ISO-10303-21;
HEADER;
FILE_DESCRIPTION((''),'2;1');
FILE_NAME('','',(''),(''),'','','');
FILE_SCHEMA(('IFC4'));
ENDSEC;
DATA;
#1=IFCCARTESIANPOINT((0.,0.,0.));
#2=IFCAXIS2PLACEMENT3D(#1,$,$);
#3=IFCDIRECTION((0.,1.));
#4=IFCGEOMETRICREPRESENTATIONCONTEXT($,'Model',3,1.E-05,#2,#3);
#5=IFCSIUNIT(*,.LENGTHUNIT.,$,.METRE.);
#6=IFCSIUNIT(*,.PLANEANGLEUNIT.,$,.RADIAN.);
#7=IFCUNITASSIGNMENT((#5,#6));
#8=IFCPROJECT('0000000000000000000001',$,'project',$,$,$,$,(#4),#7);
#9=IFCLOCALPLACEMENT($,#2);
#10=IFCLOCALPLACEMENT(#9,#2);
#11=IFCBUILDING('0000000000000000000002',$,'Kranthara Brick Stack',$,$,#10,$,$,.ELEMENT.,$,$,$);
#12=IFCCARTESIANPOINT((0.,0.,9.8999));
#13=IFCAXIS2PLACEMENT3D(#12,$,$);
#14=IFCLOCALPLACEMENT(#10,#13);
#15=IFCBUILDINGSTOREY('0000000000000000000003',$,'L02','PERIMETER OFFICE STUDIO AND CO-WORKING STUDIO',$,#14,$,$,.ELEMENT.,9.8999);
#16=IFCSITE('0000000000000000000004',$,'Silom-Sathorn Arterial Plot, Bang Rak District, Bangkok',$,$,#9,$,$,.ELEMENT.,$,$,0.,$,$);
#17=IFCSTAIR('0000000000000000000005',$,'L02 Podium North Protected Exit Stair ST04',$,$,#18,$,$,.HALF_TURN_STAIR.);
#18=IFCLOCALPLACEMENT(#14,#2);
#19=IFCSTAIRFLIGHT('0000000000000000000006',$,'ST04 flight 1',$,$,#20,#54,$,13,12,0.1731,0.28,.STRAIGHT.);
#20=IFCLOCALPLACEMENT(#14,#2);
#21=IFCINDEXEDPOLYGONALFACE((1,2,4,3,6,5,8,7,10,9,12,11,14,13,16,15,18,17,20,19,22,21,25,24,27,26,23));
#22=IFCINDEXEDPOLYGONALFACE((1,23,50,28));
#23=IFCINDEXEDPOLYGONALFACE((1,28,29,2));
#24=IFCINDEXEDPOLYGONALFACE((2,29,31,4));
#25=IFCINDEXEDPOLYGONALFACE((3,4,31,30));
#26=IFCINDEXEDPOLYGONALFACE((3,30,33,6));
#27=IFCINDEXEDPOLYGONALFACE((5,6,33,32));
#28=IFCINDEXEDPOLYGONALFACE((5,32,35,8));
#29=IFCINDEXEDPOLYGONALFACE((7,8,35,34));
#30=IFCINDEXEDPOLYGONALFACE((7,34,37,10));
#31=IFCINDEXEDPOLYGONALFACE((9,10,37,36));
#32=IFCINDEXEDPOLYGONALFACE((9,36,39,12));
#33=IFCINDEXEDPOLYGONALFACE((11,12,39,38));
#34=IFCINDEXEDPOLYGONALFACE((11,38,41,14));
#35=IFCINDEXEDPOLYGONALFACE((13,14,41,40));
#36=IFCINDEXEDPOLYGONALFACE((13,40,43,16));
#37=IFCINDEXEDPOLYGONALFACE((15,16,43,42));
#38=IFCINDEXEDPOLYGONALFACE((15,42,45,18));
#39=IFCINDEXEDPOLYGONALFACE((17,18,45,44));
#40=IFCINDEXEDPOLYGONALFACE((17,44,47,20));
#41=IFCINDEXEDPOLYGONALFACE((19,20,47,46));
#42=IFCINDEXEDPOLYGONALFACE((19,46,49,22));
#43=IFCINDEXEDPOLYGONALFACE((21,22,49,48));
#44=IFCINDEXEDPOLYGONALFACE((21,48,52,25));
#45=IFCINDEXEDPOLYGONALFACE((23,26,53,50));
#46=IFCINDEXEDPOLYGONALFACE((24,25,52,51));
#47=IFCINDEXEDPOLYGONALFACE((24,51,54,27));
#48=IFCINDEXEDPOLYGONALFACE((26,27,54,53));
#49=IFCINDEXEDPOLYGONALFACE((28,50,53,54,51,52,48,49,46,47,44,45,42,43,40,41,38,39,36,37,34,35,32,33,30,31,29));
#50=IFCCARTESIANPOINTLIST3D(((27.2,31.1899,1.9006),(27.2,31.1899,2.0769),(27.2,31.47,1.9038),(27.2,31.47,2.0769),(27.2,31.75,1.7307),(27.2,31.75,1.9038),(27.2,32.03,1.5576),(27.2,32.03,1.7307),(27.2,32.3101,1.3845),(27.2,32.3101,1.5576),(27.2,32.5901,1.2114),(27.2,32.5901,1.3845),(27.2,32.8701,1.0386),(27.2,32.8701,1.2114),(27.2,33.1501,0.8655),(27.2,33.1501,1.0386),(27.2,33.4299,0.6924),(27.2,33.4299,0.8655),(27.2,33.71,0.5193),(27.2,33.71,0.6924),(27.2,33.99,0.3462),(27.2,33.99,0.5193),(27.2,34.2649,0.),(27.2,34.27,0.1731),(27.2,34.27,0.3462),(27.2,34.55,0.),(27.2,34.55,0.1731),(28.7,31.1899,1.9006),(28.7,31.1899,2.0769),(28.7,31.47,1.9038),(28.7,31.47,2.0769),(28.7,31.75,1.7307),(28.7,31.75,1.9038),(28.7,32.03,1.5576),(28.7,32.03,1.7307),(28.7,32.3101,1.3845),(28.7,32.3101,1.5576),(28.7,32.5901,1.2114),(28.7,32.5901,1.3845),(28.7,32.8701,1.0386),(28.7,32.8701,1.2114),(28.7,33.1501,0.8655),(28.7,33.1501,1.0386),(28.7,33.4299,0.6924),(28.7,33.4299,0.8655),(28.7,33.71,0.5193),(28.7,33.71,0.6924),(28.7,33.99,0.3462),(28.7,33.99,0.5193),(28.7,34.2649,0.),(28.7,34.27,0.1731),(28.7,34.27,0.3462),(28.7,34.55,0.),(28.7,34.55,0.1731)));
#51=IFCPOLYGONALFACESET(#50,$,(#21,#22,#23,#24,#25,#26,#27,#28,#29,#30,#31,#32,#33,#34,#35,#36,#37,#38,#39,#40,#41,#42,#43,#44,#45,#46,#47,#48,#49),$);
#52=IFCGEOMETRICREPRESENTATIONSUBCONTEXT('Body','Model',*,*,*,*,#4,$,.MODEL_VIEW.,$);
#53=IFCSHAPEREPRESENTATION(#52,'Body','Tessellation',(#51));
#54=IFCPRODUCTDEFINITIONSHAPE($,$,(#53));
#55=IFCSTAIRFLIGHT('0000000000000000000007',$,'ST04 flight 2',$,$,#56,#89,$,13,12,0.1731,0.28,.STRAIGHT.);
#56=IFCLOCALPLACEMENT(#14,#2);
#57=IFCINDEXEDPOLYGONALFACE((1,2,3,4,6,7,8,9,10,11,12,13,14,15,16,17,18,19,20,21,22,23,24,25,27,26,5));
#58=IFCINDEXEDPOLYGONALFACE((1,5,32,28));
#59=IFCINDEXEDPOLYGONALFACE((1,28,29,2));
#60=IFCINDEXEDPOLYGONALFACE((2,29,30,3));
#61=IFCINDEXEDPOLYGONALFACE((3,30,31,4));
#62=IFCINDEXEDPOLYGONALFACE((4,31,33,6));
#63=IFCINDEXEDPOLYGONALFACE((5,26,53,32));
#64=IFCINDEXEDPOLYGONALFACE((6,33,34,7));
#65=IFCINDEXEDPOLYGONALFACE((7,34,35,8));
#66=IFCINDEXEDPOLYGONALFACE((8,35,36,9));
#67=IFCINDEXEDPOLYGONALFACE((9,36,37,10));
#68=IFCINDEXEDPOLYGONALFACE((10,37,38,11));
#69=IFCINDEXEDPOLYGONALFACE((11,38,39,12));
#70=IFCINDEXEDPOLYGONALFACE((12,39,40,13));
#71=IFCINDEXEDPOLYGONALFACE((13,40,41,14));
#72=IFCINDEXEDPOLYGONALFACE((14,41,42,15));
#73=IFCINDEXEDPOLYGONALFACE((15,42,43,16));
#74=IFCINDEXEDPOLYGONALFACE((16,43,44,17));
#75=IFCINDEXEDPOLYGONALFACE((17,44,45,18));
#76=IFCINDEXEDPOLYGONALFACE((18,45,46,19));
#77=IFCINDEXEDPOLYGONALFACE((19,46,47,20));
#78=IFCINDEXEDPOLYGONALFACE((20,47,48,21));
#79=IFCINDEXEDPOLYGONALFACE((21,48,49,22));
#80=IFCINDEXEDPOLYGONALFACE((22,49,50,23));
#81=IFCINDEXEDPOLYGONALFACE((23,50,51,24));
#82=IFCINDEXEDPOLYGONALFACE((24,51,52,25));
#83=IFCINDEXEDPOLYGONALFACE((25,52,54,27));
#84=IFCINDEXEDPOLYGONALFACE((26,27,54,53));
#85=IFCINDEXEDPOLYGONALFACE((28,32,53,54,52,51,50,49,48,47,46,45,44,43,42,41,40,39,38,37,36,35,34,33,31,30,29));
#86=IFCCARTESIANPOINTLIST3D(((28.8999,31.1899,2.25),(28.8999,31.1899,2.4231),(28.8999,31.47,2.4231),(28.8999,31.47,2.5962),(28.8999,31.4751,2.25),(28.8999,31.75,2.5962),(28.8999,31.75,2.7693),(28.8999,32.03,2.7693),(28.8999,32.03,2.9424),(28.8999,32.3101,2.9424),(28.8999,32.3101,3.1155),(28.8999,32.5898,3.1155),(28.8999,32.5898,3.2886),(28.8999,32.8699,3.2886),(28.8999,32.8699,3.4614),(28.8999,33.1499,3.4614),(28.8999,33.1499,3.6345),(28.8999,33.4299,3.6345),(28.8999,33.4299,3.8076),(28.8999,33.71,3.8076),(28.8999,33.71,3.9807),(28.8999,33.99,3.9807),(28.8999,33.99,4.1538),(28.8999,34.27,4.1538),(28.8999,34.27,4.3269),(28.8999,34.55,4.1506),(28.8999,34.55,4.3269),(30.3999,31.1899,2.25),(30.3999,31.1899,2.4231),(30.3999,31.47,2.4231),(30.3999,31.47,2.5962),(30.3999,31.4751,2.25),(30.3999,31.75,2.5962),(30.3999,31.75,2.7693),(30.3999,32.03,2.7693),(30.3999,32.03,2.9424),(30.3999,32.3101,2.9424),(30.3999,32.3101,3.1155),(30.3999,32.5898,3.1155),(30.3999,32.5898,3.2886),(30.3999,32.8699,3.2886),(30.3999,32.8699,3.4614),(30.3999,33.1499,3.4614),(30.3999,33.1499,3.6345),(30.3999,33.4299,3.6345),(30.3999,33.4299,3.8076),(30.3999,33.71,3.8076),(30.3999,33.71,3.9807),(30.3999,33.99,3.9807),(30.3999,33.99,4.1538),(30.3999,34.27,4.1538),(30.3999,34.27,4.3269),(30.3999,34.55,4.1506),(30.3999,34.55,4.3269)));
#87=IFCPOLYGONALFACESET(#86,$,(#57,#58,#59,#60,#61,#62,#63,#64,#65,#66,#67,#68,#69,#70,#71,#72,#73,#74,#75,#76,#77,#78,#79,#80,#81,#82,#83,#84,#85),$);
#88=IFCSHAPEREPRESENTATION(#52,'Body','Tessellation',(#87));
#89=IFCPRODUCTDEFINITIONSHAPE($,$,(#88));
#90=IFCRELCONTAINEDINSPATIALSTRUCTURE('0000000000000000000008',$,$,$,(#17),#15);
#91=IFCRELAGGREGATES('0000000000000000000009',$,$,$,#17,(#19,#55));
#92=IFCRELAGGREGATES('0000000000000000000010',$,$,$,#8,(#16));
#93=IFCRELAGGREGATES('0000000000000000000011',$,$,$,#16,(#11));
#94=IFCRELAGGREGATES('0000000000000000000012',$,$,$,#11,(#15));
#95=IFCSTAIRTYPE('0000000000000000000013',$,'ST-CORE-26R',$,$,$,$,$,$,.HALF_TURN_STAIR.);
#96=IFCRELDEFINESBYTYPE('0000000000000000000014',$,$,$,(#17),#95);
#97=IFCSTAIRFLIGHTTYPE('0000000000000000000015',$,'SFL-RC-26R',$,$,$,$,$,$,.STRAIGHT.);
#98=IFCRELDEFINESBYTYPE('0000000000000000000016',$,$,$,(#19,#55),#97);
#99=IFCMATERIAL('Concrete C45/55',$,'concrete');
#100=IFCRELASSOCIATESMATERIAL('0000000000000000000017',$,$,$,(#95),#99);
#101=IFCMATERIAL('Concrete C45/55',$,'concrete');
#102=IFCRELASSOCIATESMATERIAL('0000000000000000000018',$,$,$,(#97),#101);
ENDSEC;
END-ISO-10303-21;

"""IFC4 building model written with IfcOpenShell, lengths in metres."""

from ifc_helpers import new_model, si_unit, direction, frame, origin, place, context, subcontext, project, spatial, polyline, outline, extrude, material, type_object, element, aggregate, save


model = new_model("IFC4")

# Units and contexts
model_context = context("Model", 3, precision=1e-05, world=origin(), true_north=direction((0.0, 1.0)))
body_context = subcontext(model_context, "Body", "Model", "MODEL_VIEW")
ifc_project = project(units=[si_unit("LENGTHUNIT", "METRE"), si_unit("PLANEANGLEUNIT", "RADIAN")], contexts=[model_context])

# Site, building, storey
site_placement = place(None, origin())
site = spatial("IfcSite", under=ifc_project, at=site_placement, Name="Silom-Sathorn Arterial Plot, Bang Rak District, Bangkok", CompositionType="ELEMENT", RefElevation=0.0)
building_placement = place(site_placement, origin())
building = spatial("IfcBuilding", under=site, at=building_placement, Name="Kranthara Brick Stack", CompositionType="ELEMENT")
storey_placement = place(building_placement, frame((0.0, 0.0, 9.8999)))
storey = spatial("IfcBuildingStorey", under=building, at=storey_placement, Name="L02", Description="PERIMETER OFFICE STUDIO AND CO-WORKING STUDIO", CompositionType="ELEMENT", Elevation=9.8999)

# Stair, stair flights
ifc_material_1 = material(Name="Concrete C45/55", Category="concrete")
stair_type = type_object("IfcStairType", Name="ST-CORE-26R", PredefinedType="HALF_TURN_STAIR", material=ifc_material_1)
stair_placement = place(storey_placement, origin())
stair = element("IfcStair", 1, at=stair_placement, inside=storey, type_object=stair_type, Name="L02 Podium North Protected Exit Stair ST04", PredefinedType="HALF_TURN_STAIR")
ifc_material_2 = material(Name="Concrete C45/55", Category="concrete")
stair_flight_type = type_object("IfcStairFlightType", Name="SFL-RC-26R", PredefinedType="STRAIGHT", material=ifc_material_2)
stair_flight_1_placement = place(storey_placement, frame((27.95, 34.55, 0.0), z_axis=(0.0, 0.0, 1.0), x_axis=(0.0, -1.0, 0.0)))
stair_flight_1 = element("IfcStairFlight", 2, at=stair_flight_1_placement, type_object=stair_flight_type, Name="ST04 flight 1", NumberOfRisers=13, NumberOfTreads=12, PredefinedType="STRAIGHT", RiserHeight=0.1731, TreadLength=0.28, context=body_context, shape_type="SweptSolid", body=[
    extrude(outline(polyline([(0.0, 0.0), (0.0, 0.1731), (0.28, 0.1731), (0.28, 0.3462), (0.5601, 0.3462), (0.5601, 0.5193), (0.8401, 0.5193), (0.8401, 0.6924), (1.1201, 0.6924), (1.1201, 0.8655), (1.3999, 0.8655), (1.3999, 1.0386), (1.6799, 1.0386), (1.6799, 1.2114), (1.96, 1.2114), (1.96, 1.3845), (2.24, 1.3845), (2.24, 1.5576), (2.52, 1.5576), (2.52, 1.7307), (2.8, 1.7307), (2.8, 1.9038), (3.0801, 1.9038), (3.0801, 2.0769), (3.3601, 2.0769), (3.3601, 2.25), (3.3601, 1.9006), (0.2852, 0.0), (0.0, 0.0)])), frame((0.0, 0.75, 0.0), z_axis=(0.0, -1.0, 0.0), x_axis=(1.0, 0.0, 0.0)), (0.0, 0.0, 1.0), 1.5),
])
stair_flight_2_placement = place(storey_placement, frame((29.6499, 31.1899, 2.25), z_axis=(0.0, 0.0, 1.0), x_axis=(0.0, 1.0, 0.0)))
stair_flight_2 = element("IfcStairFlight", 3, at=stair_flight_2_placement, type_object=stair_flight_type, Name="ST04 flight 2", NumberOfRisers=13, NumberOfTreads=12, PredefinedType="STRAIGHT", RiserHeight=0.1731, TreadLength=0.28, context=body_context, shape_type="SweptSolid", body=[
    extrude(outline(polyline([(0.0, 0.0), (0.0, 0.1731), (0.28, 0.1731), (0.28, 0.3462), (0.5601, 0.3462), (0.5601, 0.5193), (0.8401, 0.5193), (0.8401, 0.6924), (1.1201, 0.6924), (1.1201, 0.8655), (1.3999, 0.8655), (1.3999, 1.0386), (1.6799, 1.0386), (1.6799, 1.2114), (1.96, 1.2114), (1.96, 1.3845), (2.24, 1.3845), (2.24, 1.5576), (2.52, 1.5576), (2.52, 1.7307), (2.8, 1.7307), (2.8, 1.9038), (3.0801, 1.9038), (3.0801, 2.0769), (3.3601, 2.0769), (3.3601, 2.25), (3.3601, 1.9006), (0.2852, 0.0), (0.0, 0.0)])), frame((0.0, 0.75, 0.0), z_axis=(0.0, -1.0, 0.0), x_axis=(1.0, 0.0, 0.0)), (0.0, 0.0, 1.0), 1.5),
])
aggregate(stair, [stair_flight_1, stair_flight_2])

save(model, "model.ifc")
